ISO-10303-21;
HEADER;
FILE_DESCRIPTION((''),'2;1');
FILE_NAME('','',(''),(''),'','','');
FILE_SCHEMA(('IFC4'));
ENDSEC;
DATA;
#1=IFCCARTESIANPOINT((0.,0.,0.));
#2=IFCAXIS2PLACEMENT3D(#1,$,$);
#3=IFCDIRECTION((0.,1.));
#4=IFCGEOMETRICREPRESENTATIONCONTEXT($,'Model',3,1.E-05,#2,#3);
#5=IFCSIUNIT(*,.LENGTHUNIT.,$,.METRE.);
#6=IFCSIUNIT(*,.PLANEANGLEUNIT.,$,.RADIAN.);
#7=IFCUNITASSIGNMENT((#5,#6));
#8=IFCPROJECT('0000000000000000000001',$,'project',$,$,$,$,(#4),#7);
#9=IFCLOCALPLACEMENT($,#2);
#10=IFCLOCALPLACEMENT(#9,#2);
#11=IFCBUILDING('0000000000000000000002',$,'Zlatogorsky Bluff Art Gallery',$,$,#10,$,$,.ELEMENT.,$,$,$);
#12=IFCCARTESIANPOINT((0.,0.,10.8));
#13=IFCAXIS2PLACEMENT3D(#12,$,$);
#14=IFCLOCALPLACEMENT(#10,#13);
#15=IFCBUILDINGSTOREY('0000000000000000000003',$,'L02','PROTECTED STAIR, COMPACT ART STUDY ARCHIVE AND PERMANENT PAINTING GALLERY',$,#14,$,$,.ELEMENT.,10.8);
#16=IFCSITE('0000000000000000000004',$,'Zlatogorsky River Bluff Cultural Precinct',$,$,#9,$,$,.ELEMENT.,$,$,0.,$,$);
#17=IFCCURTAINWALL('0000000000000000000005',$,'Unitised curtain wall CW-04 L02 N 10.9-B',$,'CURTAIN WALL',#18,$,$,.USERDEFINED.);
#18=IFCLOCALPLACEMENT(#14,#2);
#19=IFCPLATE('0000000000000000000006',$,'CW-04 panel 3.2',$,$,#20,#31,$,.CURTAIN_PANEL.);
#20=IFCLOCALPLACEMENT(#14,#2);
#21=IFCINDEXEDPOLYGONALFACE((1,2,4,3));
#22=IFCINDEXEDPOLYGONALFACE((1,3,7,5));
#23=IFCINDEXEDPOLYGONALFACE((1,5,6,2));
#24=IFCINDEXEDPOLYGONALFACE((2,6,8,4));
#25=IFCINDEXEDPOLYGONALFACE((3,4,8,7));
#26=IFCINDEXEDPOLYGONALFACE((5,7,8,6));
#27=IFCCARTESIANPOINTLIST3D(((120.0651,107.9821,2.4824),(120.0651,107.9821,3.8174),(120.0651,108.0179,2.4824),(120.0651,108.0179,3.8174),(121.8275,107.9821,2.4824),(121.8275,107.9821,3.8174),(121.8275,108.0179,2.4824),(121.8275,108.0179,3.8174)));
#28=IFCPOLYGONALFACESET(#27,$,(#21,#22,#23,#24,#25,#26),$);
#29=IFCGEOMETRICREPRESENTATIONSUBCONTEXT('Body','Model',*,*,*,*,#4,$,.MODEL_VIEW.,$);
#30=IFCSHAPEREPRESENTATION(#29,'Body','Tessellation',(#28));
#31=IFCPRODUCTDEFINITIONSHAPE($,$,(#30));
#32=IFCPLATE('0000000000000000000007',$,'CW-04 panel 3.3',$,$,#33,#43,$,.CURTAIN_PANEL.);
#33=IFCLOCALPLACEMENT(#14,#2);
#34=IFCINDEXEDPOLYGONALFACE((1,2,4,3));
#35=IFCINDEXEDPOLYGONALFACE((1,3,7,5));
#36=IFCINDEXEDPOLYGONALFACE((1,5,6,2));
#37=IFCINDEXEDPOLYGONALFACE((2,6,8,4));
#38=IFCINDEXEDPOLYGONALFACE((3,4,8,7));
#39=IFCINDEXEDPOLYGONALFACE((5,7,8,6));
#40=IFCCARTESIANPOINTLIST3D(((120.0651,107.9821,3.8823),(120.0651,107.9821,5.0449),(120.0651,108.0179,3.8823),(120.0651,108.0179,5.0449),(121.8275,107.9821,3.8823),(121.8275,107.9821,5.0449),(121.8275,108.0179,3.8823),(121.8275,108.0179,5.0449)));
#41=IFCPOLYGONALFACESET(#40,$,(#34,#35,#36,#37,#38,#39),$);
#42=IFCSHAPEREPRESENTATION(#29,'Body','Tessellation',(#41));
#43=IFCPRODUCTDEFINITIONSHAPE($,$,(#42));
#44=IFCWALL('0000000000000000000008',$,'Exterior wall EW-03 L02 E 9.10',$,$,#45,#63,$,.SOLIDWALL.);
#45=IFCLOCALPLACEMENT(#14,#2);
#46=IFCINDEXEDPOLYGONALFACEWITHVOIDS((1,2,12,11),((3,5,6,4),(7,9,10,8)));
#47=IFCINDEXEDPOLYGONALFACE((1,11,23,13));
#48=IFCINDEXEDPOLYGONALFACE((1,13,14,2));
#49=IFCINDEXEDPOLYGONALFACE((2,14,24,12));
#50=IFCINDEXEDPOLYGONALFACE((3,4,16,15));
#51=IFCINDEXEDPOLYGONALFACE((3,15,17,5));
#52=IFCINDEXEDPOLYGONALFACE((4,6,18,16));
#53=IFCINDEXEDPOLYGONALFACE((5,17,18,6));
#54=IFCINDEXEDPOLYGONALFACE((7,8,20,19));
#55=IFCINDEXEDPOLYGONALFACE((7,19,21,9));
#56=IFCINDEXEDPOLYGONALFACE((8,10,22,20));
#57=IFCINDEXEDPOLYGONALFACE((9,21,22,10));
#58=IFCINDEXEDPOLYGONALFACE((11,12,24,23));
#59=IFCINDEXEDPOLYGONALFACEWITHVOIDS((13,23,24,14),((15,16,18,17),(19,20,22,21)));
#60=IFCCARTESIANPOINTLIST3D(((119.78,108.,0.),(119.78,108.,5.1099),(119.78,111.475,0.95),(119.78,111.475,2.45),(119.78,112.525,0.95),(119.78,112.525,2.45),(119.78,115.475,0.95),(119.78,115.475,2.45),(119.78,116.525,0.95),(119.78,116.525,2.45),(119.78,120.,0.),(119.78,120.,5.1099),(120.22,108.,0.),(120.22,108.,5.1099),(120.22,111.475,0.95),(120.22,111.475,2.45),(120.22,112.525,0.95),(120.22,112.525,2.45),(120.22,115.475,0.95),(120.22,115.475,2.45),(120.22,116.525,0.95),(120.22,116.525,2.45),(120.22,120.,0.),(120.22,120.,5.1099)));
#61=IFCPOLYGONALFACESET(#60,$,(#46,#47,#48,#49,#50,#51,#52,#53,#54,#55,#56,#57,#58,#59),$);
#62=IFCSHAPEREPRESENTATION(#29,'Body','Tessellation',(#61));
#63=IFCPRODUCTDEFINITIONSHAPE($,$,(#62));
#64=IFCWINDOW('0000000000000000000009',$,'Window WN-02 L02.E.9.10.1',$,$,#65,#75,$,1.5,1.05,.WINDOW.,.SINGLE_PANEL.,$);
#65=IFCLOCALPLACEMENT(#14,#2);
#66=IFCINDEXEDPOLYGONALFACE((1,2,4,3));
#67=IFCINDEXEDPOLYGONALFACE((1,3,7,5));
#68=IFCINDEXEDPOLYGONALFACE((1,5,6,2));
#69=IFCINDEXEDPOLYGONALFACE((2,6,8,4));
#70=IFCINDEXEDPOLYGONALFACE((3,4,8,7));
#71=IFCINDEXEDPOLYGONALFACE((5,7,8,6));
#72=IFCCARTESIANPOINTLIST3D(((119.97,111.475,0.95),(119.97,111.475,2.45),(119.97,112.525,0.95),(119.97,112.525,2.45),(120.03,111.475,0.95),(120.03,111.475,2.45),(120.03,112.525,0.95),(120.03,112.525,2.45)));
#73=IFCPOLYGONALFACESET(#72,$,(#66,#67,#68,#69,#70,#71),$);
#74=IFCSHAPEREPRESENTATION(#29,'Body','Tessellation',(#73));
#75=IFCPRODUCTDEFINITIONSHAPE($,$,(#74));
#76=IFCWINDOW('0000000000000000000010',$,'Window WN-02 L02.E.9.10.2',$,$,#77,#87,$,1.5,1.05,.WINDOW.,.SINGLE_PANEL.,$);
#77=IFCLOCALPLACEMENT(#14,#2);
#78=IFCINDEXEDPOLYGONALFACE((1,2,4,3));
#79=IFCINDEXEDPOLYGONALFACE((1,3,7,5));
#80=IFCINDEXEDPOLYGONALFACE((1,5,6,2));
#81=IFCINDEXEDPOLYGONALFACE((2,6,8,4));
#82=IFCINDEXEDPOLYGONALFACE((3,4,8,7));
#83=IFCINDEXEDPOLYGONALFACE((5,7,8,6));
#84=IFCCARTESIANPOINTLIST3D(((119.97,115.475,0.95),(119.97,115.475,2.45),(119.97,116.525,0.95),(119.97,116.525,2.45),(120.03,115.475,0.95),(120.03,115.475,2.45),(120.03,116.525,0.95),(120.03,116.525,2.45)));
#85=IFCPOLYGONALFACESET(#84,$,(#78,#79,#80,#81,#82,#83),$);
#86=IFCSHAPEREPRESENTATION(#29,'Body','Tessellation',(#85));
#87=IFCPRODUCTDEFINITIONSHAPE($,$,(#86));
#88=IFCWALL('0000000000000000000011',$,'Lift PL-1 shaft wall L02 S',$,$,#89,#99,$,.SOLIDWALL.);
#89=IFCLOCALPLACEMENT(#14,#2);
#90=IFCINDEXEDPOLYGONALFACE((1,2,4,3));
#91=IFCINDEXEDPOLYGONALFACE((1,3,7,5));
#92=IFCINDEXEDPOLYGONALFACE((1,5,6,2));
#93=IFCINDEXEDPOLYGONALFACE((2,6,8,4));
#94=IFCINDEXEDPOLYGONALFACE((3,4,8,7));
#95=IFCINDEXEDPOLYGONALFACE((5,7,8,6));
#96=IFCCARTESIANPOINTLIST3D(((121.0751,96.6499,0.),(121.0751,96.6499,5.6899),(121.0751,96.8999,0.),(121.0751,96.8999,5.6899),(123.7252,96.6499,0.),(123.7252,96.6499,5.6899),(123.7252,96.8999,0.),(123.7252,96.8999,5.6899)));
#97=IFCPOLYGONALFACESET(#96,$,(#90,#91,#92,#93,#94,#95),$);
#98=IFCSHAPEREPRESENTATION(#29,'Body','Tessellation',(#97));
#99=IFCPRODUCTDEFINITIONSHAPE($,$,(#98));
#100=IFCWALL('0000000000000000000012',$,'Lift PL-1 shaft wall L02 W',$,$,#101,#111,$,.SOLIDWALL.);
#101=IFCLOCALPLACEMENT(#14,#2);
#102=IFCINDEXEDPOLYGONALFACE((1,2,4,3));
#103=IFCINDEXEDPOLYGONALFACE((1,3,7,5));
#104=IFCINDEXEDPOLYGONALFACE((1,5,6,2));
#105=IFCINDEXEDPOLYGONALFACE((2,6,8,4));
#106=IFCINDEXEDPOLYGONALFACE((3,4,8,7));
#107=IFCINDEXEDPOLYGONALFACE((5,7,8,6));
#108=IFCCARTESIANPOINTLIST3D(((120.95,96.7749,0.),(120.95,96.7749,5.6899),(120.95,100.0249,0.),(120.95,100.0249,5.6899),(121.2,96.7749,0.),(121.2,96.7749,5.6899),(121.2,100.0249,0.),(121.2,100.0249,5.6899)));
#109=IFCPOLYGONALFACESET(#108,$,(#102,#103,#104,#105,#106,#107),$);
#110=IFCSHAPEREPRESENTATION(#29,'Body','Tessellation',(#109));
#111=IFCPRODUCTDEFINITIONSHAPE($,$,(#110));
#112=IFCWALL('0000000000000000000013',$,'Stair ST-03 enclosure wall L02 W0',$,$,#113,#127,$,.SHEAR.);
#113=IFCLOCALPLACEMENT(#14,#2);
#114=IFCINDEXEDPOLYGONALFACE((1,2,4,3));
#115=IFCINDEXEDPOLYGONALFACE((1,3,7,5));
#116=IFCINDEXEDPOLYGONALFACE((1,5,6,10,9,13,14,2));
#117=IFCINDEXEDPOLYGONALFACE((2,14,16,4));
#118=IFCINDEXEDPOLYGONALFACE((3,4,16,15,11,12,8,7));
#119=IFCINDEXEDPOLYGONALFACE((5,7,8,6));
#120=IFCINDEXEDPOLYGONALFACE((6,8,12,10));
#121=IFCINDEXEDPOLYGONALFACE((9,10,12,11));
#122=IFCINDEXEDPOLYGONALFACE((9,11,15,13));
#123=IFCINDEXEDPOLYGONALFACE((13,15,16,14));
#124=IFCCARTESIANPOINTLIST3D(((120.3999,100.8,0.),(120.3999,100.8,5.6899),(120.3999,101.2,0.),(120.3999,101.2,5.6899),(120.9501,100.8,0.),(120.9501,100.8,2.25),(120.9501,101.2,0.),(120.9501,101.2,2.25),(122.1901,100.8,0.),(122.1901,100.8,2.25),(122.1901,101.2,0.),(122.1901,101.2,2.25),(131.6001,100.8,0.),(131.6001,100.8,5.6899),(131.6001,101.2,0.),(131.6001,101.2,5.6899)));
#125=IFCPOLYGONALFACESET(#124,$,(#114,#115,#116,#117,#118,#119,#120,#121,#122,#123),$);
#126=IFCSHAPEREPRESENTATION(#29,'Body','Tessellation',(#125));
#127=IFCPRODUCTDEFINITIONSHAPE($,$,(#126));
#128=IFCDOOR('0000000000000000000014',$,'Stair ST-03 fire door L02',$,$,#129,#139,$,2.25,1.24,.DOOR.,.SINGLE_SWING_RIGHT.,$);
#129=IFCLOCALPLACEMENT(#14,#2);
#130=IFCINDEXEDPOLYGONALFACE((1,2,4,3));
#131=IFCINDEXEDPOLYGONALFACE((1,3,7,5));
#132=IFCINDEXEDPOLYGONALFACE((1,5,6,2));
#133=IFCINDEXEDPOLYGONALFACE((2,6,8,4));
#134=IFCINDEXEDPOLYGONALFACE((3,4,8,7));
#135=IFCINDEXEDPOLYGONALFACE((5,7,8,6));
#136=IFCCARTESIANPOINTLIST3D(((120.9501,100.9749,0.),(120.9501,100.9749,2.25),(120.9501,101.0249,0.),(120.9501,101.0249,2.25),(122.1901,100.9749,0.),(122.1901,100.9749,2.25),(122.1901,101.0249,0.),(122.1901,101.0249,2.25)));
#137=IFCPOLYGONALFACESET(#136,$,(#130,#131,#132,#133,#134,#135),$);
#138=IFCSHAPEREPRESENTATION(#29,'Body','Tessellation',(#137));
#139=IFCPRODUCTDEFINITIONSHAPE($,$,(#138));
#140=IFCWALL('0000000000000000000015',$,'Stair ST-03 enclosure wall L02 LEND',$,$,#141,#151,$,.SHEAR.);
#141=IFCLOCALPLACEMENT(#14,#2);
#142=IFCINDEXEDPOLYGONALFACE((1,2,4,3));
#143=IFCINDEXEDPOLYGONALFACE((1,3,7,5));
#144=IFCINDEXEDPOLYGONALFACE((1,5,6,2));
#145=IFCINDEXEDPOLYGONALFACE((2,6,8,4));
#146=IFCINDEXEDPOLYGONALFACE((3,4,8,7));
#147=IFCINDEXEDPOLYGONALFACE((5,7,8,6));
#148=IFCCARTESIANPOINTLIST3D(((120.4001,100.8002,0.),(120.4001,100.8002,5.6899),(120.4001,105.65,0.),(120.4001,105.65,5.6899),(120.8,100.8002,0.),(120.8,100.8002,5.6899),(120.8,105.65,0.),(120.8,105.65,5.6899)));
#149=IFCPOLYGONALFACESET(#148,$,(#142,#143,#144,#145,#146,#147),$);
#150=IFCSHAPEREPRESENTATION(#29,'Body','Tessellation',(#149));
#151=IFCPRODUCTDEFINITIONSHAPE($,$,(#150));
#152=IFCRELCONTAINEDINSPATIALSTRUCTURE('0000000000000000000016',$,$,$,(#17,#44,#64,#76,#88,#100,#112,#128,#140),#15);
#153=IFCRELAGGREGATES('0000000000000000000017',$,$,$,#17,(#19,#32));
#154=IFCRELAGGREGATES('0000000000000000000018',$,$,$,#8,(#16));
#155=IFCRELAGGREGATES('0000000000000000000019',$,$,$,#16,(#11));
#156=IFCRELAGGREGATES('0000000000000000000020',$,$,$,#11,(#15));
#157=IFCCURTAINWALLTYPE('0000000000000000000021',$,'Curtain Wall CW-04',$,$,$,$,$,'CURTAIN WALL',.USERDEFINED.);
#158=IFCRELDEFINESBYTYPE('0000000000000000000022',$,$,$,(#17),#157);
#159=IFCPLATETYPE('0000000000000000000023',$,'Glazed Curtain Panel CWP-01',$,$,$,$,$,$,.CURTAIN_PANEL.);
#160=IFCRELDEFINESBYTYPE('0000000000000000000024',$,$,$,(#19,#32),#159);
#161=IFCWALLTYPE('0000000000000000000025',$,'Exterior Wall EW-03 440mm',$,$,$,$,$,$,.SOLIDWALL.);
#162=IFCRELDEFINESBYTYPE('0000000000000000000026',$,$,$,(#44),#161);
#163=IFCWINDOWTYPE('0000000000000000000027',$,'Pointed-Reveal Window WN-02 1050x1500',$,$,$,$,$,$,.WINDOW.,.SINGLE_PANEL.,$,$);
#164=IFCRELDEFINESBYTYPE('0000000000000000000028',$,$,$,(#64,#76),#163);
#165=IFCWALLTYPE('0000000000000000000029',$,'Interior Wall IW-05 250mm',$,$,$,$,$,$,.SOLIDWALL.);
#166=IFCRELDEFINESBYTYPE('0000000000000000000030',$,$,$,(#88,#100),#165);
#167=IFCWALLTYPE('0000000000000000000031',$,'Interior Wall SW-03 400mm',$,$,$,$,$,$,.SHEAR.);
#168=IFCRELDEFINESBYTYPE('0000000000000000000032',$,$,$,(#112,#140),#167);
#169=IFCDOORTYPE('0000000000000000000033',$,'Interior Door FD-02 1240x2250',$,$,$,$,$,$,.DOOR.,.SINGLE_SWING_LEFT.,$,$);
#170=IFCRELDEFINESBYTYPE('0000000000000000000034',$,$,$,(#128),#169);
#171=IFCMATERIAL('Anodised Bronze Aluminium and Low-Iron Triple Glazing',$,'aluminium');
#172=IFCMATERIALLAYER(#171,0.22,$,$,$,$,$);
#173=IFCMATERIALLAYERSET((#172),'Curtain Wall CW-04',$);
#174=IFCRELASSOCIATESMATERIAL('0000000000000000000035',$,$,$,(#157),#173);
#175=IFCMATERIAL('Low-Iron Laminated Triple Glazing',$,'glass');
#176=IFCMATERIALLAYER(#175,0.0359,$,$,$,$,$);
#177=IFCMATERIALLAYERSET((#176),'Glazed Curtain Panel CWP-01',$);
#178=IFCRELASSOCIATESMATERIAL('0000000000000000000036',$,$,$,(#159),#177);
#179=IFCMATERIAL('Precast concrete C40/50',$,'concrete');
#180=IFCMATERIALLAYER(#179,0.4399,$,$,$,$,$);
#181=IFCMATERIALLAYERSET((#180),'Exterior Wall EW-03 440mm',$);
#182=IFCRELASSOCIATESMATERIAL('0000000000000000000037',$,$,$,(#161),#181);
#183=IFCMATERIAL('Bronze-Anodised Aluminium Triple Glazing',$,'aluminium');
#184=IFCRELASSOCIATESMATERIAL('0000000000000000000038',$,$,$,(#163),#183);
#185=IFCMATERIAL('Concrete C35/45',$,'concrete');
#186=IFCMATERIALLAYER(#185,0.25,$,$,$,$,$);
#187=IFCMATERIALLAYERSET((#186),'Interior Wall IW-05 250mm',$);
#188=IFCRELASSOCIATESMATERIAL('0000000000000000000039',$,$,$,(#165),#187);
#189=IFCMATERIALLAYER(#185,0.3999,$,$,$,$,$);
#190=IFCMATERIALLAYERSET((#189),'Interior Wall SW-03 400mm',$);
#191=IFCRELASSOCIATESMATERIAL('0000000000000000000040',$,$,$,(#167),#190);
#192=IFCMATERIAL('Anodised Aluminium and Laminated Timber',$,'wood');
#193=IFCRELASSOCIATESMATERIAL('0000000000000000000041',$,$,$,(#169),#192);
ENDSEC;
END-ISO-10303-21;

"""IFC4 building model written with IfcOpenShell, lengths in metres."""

from ifc_helpers import new_model, si_unit, direction, frame, frame_2d, origin, origin_2d, place, context, subcontext, project, spatial, rectangle, extrude, material, layer, layer_set, type_object, element, fill, aggregate, save


model = new_model("IFC4")

# Units and contexts
model_context = context("Model", 3, precision=1e-05, world=origin(), true_north=direction((0.0, 1.0)))
body_context = subcontext(model_context, "Body", "Model", "MODEL_VIEW")
ifc_project = project(units=[si_unit("LENGTHUNIT", "METRE"), si_unit("PLANEANGLEUNIT", "RADIAN")], contexts=[model_context])

# Site, building, storey
site_placement = place(None, origin())
site = spatial("IfcSite", under=ifc_project, at=site_placement, Name="Zlatogorsky River Bluff Cultural Precinct", CompositionType="ELEMENT", RefElevation=0.0)
building_placement = place(site_placement, origin())
building = spatial("IfcBuilding", under=site, at=building_placement, Name="Zlatogorsky Bluff Art Gallery", CompositionType="ELEMENT")
storey_placement = place(building_placement, frame((0.0, 0.0, 10.8)))
storey = spatial("IfcBuildingStorey", under=building, at=storey_placement, Name="L02", Description="PROTECTED STAIR, COMPACT ART STUDY ARCHIVE AND PERMANENT PAINTING GALLERY", CompositionType="ELEMENT", Elevation=10.8)

# Curtain wall, plates
ifc_material_1 = material(Name="Anodised Bronze Aluminium and Low-Iron Triple Glazing", Category="aluminium")
ifc_layer_1 = layer(ifc_material_1, 0.22)
ifc_layer_set_1 = layer_set([ifc_layer_1], Name="Curtain Wall CW-04")
curtain_wall_type = type_object("IfcCurtainWallType", Name="Curtain Wall CW-04", ElementType="CURTAIN WALL", PredefinedType="USERDEFINED", material=ifc_layer_set_1)
curtain_wall_placement = place(storey_placement, origin())
curtain_wall = element("IfcCurtainWall", 1, at=curtain_wall_placement, inside=storey, type_object=curtain_wall_type, Name="Unitised curtain wall CW-04 L02 N 10.9-B", ObjectType="CURTAIN WALL", PredefinedType="USERDEFINED")
ifc_material_2 = material(Name="Low-Iron Laminated Triple Glazing", Category="glass")
ifc_layer_2 = layer(ifc_material_2, 0.0359)
ifc_layer_set_2 = layer_set([ifc_layer_2], Name="Glazed Curtain Panel CWP-01")
plate_type = type_object("IfcPlateType", Name="Glazed Curtain Panel CWP-01", PredefinedType="CURTAIN_PANEL", material=ifc_layer_set_2)
plate_1_placement = place(storey_placement, frame((120.9463, 108.0, 2.4824), z_axis=(0.0, 0.0, 1.0), x_axis=(-1.0, 0.0, 0.0)))
plate_1 = element("IfcPlate", 2, at=plate_1_placement, type_object=plate_type, Name="CW-04 panel 3.2", PredefinedType="CURTAIN_PANEL", context=body_context, shape_type="SweptSolid", body=[
    extrude(rectangle(XDim=1.7625, YDim=0.0359, at=origin_2d()), origin(), (0.0, 0.0, 1.0), 1.335),
])
plate_2_placement = place(storey_placement, frame((120.9463, 108.0, 3.8823), z_axis=(0.0, 0.0, 1.0), x_axis=(-1.0, 0.0, 0.0)))
plate_2 = element("IfcPlate", 3, at=plate_2_placement, type_object=plate_type, Name="CW-04 panel 3.3", PredefinedType="CURTAIN_PANEL", context=body_context, shape_type="SweptSolid", body=[
    extrude(rectangle(XDim=1.7625, YDim=0.0359, at=origin_2d()), origin(), (0.0, 0.0, 1.0), 1.1626),
])
aggregate(curtain_wall, [plate_1, plate_2])

# Wall, openings, windows
ifc_material_3 = material(Name="Precast concrete C40/50", Category="concrete")
ifc_layer_3 = layer(ifc_material_3, 0.4399)
ifc_layer_set_3 = layer_set([ifc_layer_3], Name="Exterior Wall EW-03 440mm")
wall_type_1 = type_object("IfcWallType", Name="Exterior Wall EW-03 440mm", PredefinedType="SOLIDWALL", material=ifc_layer_set_3)
wall_1_placement = place(storey_placement, frame((120.0, 108.0, 0.0), z_axis=(0.0, 0.0, 1.0), x_axis=(0.0, 1.0, 0.0)))
wall_1 = element("IfcWall", 4, at=wall_1_placement, inside=storey, type_object=wall_type_1, Name="Exterior wall EW-03 L02 E 9.10", PredefinedType="SOLIDWALL", context=body_context, shape_type="SweptSolid", body=[
    extrude(rectangle(XDim=12.0, YDim=0.4399, at=frame_2d((6.0, 0.0))), origin(), (0.0, 0.0, 1.0), 5.1099),
])
opening_1_placement = place(wall_1_placement, frame((3.4751, 0.0, 0.95)))
opening_1 = element("IfcOpeningElement", 5, at=opening_1_placement, cuts=wall_1, PredefinedType="OPENING", context=body_context, shape_type="SweptSolid", body=[
    extrude(rectangle(XDim=1.05, YDim=1.5, at=frame_2d((0.5249, 0.75))), frame((0.0, 0.23, 0.0), z_axis=(0.0, -1.0, 0.0), x_axis=(1.0, 0.0, 0.0)), (0.0, 0.0, 1.0), 0.46),
])
opening_2_placement = place(wall_1_placement, frame((7.4751, 0.0, 0.95)))
opening_2 = element("IfcOpeningElement", 6, at=opening_2_placement, cuts=wall_1, PredefinedType="OPENING", context=body_context, shape_type="SweptSolid", body=[
    extrude(rectangle(XDim=1.05, YDim=1.5, at=frame_2d((0.5249, 0.75))), frame((0.0, 0.23, 0.0), z_axis=(0.0, -1.0, 0.0), x_axis=(1.0, 0.0, 0.0)), (0.0, 0.0, 1.0), 0.46),
])
ifc_material_4 = material(Name="Bronze-Anodised Aluminium Triple Glazing", Category="aluminium")
window_type = type_object("IfcWindowType", Name="Pointed-Reveal Window WN-02 1050x1500", PartitioningType="SINGLE_PANEL", PredefinedType="WINDOW", material=ifc_material_4)
window_1_placement = place(opening_1_placement, origin())
window_1 = element("IfcWindow", 7, at=window_1_placement, inside=storey, type_object=window_type, Name="Window WN-02 L02.E.9.10.1", OverallHeight=1.5, OverallWidth=1.05, PartitioningType="SINGLE_PANEL", PredefinedType="WINDOW", context=body_context, shape_type="SweptSolid", body=[
    extrude(rectangle(XDim=1.05, YDim=1.5, at=frame_2d((0.5249, 0.75))), frame((0.0, 0.03, 0.0), z_axis=(0.0, -1.0, 0.0), x_axis=(1.0, 0.0, 0.0)), (0.0, 0.0, 1.0), 0.0601),
])
fill(opening_1, window_1)
window_2_placement = place(opening_2_placement, origin())
window_2 = element("IfcWindow", 8, at=window_2_placement, inside=storey, type_object=window_type, Name="Window WN-02 L02.E.9.10.2", OverallHeight=1.5, OverallWidth=1.05, PartitioningType="SINGLE_PANEL", PredefinedType="WINDOW", context=body_context, shape_type="SweptSolid", body=[
    extrude(rectangle(XDim=1.05, YDim=1.5, at=frame_2d((0.5249, 0.75))), frame((0.0, 0.03, 0.0), z_axis=(0.0, -1.0, 0.0), x_axis=(1.0, 0.0, 0.0)), (0.0, 0.0, 1.0), 0.0601),
])
fill(opening_2, window_2)

# Walls
ifc_material_5 = material(Name="Concrete C35/45", Category="concrete")
ifc_layer_4 = layer(ifc_material_5, 0.25)
ifc_layer_set_4 = layer_set([ifc_layer_4], Name="Interior Wall IW-05 250mm")
wall_type_2 = type_object("IfcWallType", Name="Interior Wall IW-05 250mm", PredefinedType="SOLIDWALL", material=ifc_layer_set_4)
wall_2_placement = place(storey_placement, frame((121.075, 96.7749, 0.0), z_axis=(0.0, 0.0, 1.0), x_axis=(1.0, 0.0, 0.0)))
element("IfcWall", 9, at=wall_2_placement, inside=storey, type_object=wall_type_2, Name="Lift PL-1 shaft wall L02 S", PredefinedType="SOLIDWALL", context=body_context, shape_type="SweptSolid", body=[
    extrude(rectangle(XDim=2.6501, YDim=0.25, at=frame_2d((1.3252, 0.0))), origin(), (0.0, 0.0, 1.0), 5.6899),
])
wall_3_placement = place(storey_placement, frame((121.075, 100.0249, 0.0), z_axis=(0.0, 0.0, 1.0), x_axis=(0.0, -1.0, 0.0)))
element("IfcWall", 10, at=wall_3_placement, inside=storey, type_object=wall_type_2, Name="Lift PL-1 shaft wall L02 W", PredefinedType="SOLIDWALL", context=body_context, shape_type="SweptSolid", body=[
    extrude(rectangle(XDim=3.25, YDim=0.25, at=frame_2d((1.625, 0.0))), origin(), (0.0, 0.0, 1.0), 5.6899),
])

# Wall, opening, door
ifc_layer_5 = layer(ifc_material_5, 0.3999)
ifc_layer_set_5 = layer_set([ifc_layer_5], Name="Interior Wall SW-03 400mm")
wall_type_3 = type_object("IfcWallType", Name="Interior Wall SW-03 400mm", PredefinedType="SHEAR", material=ifc_layer_set_5)
wall_4_placement = place(storey_placement, frame((120.3999, 101.0, 0.0), z_axis=(0.0, 0.0, 1.0), x_axis=(1.0, 0.0, 0.0)))
wall_4 = element("IfcWall", 11, at=wall_4_placement, inside=storey, type_object=wall_type_3, Name="Stair ST-03 enclosure wall L02 W0", PredefinedType="SHEAR", context=body_context, shape_type="SweptSolid", body=[
    extrude(rectangle(XDim=11.2002, YDim=0.3999, at=frame_2d((5.6001, 0.0))), origin(), (0.0, 0.0, 1.0), 5.6899),
])
opening_3_placement = place(wall_4_placement, frame((0.55, 0.0, 0.0)))
opening_3 = element("IfcOpeningElement", 12, at=opening_3_placement, cuts=wall_4, PredefinedType="OPENING", context=body_context, shape_type="SweptSolid", body=[
    extrude(rectangle(XDim=1.24, YDim=2.25, at=frame_2d((0.6201, 1.125))), frame((0.0, 0.21, 0.0), z_axis=(0.0, -1.0, 0.0), x_axis=(1.0, 0.0, 0.0)), (0.0, 0.0, 1.0), 0.4199),
])
ifc_material_6 = material(Name="Anodised Aluminium and Laminated Timber", Category="wood")
door_type = type_object("IfcDoorType", Name="Interior Door FD-02 1240x2250", OperationType="SINGLE_SWING_LEFT", PredefinedType="DOOR", material=ifc_material_6)
door_placement = place(opening_3_placement, origin())
door = element("IfcDoor", 13, at=door_placement, inside=storey, type_object=door_type, Name="Stair ST-03 fire door L02", OperationType="SINGLE_SWING_RIGHT", OverallHeight=2.25, OverallWidth=1.24, PredefinedType="DOOR", context=body_context, shape_type="SweptSolid", body=[
    extrude(rectangle(XDim=1.24, YDim=2.25, at=frame_2d((0.6201, 1.125))), frame((0.0, 0.0249, 0.0), z_axis=(0.0, -1.0, 0.0), x_axis=(1.0, 0.0, 0.0)), (0.0, 0.0, 1.0), 0.05),
])
fill(opening_3, door)

# Wall
wall_5_placement = place(storey_placement, frame((120.6001, 105.6499, 0.0), z_axis=(0.0, 0.0, 1.0), x_axis=(0.0, -1.0, 0.0)))
element("IfcWall", 14, at=wall_5_placement, inside=storey, type_object=wall_type_3, Name="Stair ST-03 enclosure wall L02 LEND", PredefinedType="SHEAR", context=body_context, shape_type="SweptSolid", body=[
    extrude(rectangle(XDim=4.8499, YDim=0.3999, at=frame_2d((2.4248, 0.0))), origin(), (0.0, 0.0, 1.0), 5.6899),
])

save(model, "model.ifc")
